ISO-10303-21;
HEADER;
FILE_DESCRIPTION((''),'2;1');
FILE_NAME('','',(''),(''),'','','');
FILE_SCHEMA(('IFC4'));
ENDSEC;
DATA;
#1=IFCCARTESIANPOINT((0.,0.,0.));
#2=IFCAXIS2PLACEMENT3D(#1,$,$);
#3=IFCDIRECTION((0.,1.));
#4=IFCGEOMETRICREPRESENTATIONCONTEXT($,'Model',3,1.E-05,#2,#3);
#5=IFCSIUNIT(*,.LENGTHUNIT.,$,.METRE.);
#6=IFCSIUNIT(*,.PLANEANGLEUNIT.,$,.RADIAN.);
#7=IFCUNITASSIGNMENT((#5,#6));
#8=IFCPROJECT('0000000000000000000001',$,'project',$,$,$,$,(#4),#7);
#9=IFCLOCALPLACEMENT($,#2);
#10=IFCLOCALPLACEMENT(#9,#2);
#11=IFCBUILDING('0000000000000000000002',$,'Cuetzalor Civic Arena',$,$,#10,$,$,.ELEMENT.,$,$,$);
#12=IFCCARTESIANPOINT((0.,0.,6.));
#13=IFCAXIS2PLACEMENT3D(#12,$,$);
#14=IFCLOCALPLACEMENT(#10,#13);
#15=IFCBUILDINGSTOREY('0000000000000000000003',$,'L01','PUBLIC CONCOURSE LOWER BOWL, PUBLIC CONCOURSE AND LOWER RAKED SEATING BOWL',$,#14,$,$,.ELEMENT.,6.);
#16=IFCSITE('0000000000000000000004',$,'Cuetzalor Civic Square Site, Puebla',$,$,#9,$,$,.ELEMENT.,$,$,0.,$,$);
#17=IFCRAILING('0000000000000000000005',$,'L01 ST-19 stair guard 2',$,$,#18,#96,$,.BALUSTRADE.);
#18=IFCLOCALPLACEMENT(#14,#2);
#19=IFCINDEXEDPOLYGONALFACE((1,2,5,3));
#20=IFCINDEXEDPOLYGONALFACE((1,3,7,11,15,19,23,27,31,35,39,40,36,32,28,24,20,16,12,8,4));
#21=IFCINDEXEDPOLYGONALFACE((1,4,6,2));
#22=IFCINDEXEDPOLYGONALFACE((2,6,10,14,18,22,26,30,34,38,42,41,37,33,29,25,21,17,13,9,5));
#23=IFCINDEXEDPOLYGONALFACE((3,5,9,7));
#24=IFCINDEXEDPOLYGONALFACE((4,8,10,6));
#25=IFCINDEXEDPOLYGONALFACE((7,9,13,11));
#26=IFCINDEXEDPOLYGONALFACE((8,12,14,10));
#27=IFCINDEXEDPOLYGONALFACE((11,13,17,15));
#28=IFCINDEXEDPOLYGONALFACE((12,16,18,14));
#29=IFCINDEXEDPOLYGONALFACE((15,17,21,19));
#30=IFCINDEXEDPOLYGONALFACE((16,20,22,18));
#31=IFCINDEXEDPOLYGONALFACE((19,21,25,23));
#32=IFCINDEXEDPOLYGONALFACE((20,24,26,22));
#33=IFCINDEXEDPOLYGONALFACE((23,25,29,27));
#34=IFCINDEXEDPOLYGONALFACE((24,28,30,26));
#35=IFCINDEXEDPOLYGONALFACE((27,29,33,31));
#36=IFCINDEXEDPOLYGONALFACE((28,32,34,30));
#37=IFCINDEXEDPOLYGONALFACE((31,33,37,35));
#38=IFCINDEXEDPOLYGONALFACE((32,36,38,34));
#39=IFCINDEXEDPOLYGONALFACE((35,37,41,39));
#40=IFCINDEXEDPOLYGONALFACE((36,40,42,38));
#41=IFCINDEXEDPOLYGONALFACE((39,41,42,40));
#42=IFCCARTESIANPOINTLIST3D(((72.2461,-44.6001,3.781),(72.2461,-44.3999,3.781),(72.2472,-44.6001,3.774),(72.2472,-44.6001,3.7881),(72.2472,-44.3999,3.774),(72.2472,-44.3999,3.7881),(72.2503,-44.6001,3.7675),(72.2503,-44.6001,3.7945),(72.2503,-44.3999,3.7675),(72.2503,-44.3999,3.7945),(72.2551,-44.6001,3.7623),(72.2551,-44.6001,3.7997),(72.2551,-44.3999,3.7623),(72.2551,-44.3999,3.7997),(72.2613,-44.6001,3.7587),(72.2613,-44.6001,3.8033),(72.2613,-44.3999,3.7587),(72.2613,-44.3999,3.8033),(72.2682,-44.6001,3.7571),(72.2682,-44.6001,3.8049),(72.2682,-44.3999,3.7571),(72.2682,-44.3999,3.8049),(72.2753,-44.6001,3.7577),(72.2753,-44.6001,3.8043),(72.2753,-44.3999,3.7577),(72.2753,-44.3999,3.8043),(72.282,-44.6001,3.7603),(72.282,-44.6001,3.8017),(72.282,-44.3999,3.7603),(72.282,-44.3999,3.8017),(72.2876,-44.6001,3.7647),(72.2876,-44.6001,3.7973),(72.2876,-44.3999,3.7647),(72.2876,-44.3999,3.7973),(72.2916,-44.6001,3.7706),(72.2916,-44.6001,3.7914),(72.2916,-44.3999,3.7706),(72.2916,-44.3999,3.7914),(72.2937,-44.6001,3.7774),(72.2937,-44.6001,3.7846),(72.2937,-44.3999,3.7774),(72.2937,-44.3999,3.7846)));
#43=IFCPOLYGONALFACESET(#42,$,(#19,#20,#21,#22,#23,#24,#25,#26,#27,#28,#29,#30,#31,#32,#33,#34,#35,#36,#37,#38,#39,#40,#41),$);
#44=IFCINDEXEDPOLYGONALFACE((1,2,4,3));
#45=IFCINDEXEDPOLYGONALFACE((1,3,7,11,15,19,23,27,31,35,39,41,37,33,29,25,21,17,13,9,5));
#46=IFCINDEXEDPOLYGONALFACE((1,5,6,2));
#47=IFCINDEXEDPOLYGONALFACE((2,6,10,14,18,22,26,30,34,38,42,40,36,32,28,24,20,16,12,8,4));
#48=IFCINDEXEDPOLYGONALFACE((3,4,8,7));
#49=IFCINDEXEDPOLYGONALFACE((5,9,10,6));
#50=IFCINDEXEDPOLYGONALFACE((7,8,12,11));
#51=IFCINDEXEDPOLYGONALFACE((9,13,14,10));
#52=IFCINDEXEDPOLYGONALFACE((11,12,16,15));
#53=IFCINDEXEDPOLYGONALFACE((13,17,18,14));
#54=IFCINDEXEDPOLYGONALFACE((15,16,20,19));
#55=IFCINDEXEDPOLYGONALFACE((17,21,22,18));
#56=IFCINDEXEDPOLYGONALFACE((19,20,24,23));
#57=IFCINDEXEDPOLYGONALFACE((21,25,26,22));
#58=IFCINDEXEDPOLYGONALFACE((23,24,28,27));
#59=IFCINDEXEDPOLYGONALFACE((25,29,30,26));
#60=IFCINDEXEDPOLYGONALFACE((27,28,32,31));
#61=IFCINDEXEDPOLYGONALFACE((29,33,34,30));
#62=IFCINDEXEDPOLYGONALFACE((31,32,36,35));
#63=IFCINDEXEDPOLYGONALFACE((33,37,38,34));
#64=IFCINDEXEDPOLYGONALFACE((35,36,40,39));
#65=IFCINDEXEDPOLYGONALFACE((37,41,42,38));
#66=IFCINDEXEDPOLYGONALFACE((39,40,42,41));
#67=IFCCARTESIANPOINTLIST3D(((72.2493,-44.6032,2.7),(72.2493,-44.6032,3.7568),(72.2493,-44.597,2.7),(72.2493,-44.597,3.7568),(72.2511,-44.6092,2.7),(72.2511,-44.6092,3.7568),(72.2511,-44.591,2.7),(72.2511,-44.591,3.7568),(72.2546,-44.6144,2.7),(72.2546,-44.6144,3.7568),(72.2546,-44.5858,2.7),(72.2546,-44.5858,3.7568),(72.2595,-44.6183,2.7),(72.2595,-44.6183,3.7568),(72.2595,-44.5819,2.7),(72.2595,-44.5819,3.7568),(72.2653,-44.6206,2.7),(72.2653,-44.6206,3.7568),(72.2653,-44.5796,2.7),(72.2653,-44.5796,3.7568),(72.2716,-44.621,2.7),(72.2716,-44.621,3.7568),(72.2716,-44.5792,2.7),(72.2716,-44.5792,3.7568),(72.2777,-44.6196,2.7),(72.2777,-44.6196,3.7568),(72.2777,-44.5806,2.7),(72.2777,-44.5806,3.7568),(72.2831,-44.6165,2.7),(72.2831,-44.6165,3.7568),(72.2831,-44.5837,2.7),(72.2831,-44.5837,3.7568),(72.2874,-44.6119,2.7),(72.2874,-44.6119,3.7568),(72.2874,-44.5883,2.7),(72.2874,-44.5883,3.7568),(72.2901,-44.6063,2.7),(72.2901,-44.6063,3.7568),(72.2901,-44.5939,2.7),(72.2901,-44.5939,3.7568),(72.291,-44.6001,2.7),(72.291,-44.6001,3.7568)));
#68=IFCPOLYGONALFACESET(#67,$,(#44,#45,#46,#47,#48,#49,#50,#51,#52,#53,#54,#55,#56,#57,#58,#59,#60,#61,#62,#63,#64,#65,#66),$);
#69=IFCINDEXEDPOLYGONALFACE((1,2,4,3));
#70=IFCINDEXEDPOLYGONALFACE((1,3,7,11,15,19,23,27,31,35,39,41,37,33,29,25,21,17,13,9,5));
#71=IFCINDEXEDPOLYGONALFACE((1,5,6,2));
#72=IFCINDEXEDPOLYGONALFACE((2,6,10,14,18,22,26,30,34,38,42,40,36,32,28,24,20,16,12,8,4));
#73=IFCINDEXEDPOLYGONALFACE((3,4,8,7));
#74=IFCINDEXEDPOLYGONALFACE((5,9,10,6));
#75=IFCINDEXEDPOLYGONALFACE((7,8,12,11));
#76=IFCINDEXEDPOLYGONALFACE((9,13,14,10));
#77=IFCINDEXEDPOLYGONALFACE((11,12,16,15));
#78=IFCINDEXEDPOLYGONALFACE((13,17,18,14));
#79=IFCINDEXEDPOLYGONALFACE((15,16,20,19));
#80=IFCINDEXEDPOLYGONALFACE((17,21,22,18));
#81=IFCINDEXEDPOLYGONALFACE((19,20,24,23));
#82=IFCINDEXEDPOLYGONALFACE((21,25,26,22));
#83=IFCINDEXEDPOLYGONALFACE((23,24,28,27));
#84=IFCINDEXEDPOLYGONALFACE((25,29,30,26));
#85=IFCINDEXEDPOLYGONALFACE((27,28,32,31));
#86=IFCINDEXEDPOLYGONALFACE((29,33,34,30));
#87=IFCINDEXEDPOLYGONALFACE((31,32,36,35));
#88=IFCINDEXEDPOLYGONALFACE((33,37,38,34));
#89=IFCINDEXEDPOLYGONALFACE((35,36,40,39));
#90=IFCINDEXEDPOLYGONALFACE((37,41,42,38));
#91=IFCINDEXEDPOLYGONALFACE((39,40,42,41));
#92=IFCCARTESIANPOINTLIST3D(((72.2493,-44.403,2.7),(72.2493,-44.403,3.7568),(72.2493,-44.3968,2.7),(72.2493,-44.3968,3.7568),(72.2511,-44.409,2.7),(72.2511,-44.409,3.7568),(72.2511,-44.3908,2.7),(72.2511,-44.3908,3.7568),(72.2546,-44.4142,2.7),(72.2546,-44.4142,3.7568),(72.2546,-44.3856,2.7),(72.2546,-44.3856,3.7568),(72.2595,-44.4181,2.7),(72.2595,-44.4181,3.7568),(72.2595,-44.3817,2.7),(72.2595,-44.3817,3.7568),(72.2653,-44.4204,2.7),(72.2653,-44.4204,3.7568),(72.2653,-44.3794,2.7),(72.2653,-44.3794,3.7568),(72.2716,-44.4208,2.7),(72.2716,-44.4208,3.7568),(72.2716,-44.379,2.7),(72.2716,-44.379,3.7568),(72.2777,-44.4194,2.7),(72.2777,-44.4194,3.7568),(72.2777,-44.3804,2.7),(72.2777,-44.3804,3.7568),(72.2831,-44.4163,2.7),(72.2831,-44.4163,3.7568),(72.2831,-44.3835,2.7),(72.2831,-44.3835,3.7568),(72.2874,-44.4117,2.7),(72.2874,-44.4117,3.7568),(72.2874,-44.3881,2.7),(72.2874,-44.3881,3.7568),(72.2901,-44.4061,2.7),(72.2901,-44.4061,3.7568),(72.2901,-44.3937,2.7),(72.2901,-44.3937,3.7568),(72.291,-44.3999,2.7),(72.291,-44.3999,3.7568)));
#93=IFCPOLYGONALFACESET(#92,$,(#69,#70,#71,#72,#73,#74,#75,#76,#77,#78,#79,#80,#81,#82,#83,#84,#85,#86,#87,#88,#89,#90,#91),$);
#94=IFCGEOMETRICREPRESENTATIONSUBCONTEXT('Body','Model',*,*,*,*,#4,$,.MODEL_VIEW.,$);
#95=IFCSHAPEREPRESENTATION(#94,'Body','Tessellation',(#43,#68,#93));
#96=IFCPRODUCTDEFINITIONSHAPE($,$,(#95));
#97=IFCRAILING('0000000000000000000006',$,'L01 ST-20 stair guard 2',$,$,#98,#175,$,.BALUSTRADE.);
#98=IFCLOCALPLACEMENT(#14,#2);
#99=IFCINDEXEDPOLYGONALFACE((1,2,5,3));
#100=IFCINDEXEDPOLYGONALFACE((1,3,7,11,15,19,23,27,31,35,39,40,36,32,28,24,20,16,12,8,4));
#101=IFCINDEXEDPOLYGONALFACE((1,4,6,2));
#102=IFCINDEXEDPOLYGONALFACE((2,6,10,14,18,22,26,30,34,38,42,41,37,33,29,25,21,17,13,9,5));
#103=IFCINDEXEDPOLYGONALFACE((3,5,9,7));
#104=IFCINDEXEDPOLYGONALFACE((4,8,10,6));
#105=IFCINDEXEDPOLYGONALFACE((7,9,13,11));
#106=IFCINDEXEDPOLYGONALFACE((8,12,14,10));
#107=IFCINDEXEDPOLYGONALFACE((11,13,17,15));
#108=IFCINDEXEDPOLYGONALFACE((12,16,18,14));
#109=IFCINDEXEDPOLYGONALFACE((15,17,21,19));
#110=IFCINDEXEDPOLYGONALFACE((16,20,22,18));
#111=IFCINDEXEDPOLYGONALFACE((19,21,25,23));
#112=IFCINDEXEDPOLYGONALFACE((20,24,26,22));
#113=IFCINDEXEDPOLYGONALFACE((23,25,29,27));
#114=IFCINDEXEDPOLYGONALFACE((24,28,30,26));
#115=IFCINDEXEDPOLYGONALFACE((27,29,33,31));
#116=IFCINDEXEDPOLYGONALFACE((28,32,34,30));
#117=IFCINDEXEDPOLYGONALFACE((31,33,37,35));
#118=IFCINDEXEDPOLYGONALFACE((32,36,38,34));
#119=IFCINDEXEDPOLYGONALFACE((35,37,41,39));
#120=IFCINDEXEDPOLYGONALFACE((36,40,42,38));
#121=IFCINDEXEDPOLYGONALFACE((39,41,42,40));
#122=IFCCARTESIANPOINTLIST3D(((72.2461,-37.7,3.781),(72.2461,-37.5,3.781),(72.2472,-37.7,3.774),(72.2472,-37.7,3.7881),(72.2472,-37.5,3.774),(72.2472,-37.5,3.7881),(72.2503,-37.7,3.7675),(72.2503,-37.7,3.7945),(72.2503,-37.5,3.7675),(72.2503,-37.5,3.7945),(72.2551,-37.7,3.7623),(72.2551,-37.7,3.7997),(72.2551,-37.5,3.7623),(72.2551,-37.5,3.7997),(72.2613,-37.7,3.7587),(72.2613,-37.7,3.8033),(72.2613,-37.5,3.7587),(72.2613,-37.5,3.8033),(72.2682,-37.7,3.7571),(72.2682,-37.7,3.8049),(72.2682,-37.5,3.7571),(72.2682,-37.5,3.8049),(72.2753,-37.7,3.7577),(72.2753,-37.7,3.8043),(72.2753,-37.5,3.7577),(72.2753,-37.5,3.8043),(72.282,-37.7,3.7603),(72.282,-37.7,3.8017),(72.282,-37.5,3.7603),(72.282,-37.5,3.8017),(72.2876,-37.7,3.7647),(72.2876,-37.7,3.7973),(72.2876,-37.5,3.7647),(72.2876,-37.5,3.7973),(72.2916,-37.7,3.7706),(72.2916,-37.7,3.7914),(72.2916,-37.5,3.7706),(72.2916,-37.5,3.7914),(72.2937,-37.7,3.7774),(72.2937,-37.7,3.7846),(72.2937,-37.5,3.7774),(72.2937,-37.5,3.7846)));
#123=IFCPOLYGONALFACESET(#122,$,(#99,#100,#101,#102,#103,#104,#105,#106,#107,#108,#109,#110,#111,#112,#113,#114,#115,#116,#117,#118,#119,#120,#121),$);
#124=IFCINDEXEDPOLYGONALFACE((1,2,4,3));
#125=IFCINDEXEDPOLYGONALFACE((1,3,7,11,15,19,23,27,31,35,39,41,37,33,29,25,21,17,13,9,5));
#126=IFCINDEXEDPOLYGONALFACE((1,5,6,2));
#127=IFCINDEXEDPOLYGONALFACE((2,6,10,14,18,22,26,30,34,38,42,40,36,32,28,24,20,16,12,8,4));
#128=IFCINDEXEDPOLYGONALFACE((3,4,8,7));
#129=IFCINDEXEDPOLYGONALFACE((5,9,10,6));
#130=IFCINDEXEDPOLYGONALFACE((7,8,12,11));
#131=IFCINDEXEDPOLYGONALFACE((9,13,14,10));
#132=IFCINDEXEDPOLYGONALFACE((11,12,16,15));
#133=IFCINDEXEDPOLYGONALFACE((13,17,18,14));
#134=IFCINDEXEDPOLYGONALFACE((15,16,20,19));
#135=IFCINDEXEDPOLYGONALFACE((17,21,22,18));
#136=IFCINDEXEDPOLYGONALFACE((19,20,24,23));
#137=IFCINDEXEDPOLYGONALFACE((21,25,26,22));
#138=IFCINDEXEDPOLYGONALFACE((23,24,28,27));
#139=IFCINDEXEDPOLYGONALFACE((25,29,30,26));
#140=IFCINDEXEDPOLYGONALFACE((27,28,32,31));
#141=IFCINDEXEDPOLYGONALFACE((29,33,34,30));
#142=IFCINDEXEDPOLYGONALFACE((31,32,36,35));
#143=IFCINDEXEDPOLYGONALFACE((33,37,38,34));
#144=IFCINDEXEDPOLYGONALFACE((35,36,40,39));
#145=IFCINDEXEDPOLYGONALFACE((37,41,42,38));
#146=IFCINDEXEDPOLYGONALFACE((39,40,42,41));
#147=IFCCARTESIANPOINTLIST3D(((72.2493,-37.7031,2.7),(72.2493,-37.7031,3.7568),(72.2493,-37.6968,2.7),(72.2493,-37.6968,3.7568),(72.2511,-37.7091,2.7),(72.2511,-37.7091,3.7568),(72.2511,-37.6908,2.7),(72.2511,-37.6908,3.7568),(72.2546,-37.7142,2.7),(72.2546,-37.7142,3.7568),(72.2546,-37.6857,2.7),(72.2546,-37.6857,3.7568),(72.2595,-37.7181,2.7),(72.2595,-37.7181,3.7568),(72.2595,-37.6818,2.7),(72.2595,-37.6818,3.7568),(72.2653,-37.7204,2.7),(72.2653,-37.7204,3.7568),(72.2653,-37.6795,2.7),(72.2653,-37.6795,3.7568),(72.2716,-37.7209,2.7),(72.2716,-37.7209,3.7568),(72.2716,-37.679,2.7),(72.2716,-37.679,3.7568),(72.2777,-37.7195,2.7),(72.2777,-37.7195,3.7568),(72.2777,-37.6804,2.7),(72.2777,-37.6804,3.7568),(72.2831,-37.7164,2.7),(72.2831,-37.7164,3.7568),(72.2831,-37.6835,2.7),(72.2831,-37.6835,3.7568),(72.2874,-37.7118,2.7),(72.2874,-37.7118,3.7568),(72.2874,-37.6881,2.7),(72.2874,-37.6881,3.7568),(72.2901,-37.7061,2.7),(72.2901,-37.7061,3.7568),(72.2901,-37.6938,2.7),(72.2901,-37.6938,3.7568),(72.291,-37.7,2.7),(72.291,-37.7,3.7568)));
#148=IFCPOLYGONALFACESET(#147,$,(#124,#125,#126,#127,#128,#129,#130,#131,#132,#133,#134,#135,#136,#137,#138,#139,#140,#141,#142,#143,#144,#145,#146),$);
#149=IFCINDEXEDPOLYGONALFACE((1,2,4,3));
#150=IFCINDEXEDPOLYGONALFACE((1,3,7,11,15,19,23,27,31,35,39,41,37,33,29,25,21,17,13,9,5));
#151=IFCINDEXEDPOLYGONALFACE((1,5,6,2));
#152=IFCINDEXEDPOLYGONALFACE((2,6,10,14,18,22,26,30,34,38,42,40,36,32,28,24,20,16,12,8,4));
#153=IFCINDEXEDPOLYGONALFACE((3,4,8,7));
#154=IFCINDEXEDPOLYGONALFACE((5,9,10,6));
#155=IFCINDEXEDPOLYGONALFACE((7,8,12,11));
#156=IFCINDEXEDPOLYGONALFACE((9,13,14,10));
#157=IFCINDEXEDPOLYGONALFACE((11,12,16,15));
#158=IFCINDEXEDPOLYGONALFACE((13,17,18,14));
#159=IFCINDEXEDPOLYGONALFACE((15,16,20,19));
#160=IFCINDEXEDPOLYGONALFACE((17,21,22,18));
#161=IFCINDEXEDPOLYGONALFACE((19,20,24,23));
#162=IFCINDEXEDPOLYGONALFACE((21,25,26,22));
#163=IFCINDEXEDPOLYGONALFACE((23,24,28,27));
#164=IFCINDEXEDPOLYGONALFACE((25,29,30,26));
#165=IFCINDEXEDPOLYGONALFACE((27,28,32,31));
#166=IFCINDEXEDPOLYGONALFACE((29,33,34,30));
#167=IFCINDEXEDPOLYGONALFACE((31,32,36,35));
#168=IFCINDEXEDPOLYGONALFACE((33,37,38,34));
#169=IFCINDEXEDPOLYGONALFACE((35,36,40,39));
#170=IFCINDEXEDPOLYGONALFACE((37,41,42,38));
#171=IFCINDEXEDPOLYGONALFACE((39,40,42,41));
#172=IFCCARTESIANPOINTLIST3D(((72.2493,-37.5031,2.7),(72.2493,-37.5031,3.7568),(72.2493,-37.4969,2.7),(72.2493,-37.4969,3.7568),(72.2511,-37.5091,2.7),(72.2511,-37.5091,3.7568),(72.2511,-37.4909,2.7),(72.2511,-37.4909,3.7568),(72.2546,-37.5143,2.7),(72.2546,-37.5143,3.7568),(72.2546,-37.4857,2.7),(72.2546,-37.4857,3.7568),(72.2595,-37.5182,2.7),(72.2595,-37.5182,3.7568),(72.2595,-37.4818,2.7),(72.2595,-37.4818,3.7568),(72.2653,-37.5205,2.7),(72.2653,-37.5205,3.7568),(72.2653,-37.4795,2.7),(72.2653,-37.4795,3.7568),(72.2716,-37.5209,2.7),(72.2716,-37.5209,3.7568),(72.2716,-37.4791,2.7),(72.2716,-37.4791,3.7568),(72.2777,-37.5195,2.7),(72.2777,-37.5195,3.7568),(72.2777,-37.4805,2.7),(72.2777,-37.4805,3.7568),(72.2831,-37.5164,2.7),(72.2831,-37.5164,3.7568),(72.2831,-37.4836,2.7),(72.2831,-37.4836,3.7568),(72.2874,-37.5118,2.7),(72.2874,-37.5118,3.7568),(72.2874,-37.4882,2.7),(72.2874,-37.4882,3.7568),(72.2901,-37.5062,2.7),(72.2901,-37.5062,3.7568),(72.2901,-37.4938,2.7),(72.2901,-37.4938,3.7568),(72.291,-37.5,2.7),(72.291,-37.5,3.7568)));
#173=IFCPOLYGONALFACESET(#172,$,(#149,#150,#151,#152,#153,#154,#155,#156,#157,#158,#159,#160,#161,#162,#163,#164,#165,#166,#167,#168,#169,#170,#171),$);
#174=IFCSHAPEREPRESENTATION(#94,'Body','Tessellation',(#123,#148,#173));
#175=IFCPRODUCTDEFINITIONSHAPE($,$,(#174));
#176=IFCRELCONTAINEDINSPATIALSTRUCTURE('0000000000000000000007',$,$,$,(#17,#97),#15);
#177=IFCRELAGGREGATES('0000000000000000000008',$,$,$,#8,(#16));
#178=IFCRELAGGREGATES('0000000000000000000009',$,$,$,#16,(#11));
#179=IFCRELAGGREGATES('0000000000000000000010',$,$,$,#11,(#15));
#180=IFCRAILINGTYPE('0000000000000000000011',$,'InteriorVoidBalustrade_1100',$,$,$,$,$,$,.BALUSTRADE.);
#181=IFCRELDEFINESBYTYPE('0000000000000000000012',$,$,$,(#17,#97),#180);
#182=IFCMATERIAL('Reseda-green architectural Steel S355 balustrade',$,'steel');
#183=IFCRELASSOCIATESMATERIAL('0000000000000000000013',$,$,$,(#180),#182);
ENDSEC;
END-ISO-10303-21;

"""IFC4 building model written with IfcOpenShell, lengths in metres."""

from ifc_helpers import new_model, si_unit, direction, frame, origin, origin_2d, place, context, subcontext, project, spatial, circle, extrude, material, type_object, element, save


model = new_model("IFC4")

# Units and contexts
model_context = context("Model", 3, precision=1e-05, world=origin(), true_north=direction((0.0, 1.0)))
body_context = subcontext(model_context, "Body", "Model", "MODEL_VIEW")
ifc_project = project(units=[si_unit("LENGTHUNIT", "METRE"), si_unit("PLANEANGLEUNIT", "RADIAN")], contexts=[model_context])

# Site, building, storey
site_placement = place(None, origin())
site = spatial("IfcSite", under=ifc_project, at=site_placement, Name="Cuetzalor Civic Square Site, Puebla", CompositionType="ELEMENT", RefElevation=0.0)
building_placement = place(site_placement, origin())
building = spatial("IfcBuilding", under=site, at=building_placement, Name="Cuetzalor Civic Arena", CompositionType="ELEMENT")
storey_placement = place(building_placement, frame((0.0, 0.0, 6.0)))
storey = spatial("IfcBuildingStorey", under=building, at=storey_placement, Name="L01", Description="PUBLIC CONCOURSE LOWER BOWL, PUBLIC CONCOURSE AND LOWER RAKED SEATING BOWL", CompositionType="ELEMENT", Elevation=6.0)

# Railings
ifc_material_1 = material(Name="Reseda-green architectural Steel S355 balustrade", Category="steel")
railing_type = type_object("IfcRailingType", Name="InteriorVoidBalustrade_1100", PredefinedType="BALUSTRADE", material=ifc_material_1)
railing_1_placement = place(storey_placement, frame((72.27, -44.6001, 2.7)))
element("IfcRailing", 1, at=railing_1_placement, inside=storey, type_object=railing_type, Name="L01 ST-19 stair guard 2", PredefinedType="BALUSTRADE", context=body_context, shape_type="SweptSolid", body=[
    extrude(circle(Radius=0.0239, at=origin_2d()), frame((0.0, 0.0, 1.0811), z_axis=(0.0, 1.0, 0.0), x_axis=(-1.0, 0.0, 0.0)), (0.0, 0.0, 1.0), 0.2002),
    extrude(circle(Radius=0.021, at=origin_2d()), origin(), (0.0, 0.0, 1.0), 1.0569),
    extrude(circle(Radius=0.021, at=origin_2d()), frame((0.0, 0.2002, 0.0)), (0.0, 0.0, 1.0), 1.0569),
])
railing_2_placement = place(storey_placement, frame((72.27, -37.7, 2.7)))
element("IfcRailing", 2, at=railing_2_placement, inside=storey, type_object=railing_type, Name="L01 ST-20 stair guard 2", PredefinedType="BALUSTRADE", context=body_context, shape_type="SweptSolid", body=[
    extrude(circle(Radius=0.0239, at=origin_2d()), frame((0.0, 0.0, 1.0811), z_axis=(0.0, 1.0, 0.0), x_axis=(-1.0, 0.0, 0.0)), (0.0, 0.0, 1.0), 0.2),
    extrude(circle(Radius=0.021, at=origin_2d()), origin(), (0.0, 0.0, 1.0), 1.0569),
    extrude(circle(Radius=0.021, at=origin_2d()), frame((0.0, 0.2, 0.0)), (0.0, 0.0, 1.0), 1.0569),
])

save(model, "model.ifc")
